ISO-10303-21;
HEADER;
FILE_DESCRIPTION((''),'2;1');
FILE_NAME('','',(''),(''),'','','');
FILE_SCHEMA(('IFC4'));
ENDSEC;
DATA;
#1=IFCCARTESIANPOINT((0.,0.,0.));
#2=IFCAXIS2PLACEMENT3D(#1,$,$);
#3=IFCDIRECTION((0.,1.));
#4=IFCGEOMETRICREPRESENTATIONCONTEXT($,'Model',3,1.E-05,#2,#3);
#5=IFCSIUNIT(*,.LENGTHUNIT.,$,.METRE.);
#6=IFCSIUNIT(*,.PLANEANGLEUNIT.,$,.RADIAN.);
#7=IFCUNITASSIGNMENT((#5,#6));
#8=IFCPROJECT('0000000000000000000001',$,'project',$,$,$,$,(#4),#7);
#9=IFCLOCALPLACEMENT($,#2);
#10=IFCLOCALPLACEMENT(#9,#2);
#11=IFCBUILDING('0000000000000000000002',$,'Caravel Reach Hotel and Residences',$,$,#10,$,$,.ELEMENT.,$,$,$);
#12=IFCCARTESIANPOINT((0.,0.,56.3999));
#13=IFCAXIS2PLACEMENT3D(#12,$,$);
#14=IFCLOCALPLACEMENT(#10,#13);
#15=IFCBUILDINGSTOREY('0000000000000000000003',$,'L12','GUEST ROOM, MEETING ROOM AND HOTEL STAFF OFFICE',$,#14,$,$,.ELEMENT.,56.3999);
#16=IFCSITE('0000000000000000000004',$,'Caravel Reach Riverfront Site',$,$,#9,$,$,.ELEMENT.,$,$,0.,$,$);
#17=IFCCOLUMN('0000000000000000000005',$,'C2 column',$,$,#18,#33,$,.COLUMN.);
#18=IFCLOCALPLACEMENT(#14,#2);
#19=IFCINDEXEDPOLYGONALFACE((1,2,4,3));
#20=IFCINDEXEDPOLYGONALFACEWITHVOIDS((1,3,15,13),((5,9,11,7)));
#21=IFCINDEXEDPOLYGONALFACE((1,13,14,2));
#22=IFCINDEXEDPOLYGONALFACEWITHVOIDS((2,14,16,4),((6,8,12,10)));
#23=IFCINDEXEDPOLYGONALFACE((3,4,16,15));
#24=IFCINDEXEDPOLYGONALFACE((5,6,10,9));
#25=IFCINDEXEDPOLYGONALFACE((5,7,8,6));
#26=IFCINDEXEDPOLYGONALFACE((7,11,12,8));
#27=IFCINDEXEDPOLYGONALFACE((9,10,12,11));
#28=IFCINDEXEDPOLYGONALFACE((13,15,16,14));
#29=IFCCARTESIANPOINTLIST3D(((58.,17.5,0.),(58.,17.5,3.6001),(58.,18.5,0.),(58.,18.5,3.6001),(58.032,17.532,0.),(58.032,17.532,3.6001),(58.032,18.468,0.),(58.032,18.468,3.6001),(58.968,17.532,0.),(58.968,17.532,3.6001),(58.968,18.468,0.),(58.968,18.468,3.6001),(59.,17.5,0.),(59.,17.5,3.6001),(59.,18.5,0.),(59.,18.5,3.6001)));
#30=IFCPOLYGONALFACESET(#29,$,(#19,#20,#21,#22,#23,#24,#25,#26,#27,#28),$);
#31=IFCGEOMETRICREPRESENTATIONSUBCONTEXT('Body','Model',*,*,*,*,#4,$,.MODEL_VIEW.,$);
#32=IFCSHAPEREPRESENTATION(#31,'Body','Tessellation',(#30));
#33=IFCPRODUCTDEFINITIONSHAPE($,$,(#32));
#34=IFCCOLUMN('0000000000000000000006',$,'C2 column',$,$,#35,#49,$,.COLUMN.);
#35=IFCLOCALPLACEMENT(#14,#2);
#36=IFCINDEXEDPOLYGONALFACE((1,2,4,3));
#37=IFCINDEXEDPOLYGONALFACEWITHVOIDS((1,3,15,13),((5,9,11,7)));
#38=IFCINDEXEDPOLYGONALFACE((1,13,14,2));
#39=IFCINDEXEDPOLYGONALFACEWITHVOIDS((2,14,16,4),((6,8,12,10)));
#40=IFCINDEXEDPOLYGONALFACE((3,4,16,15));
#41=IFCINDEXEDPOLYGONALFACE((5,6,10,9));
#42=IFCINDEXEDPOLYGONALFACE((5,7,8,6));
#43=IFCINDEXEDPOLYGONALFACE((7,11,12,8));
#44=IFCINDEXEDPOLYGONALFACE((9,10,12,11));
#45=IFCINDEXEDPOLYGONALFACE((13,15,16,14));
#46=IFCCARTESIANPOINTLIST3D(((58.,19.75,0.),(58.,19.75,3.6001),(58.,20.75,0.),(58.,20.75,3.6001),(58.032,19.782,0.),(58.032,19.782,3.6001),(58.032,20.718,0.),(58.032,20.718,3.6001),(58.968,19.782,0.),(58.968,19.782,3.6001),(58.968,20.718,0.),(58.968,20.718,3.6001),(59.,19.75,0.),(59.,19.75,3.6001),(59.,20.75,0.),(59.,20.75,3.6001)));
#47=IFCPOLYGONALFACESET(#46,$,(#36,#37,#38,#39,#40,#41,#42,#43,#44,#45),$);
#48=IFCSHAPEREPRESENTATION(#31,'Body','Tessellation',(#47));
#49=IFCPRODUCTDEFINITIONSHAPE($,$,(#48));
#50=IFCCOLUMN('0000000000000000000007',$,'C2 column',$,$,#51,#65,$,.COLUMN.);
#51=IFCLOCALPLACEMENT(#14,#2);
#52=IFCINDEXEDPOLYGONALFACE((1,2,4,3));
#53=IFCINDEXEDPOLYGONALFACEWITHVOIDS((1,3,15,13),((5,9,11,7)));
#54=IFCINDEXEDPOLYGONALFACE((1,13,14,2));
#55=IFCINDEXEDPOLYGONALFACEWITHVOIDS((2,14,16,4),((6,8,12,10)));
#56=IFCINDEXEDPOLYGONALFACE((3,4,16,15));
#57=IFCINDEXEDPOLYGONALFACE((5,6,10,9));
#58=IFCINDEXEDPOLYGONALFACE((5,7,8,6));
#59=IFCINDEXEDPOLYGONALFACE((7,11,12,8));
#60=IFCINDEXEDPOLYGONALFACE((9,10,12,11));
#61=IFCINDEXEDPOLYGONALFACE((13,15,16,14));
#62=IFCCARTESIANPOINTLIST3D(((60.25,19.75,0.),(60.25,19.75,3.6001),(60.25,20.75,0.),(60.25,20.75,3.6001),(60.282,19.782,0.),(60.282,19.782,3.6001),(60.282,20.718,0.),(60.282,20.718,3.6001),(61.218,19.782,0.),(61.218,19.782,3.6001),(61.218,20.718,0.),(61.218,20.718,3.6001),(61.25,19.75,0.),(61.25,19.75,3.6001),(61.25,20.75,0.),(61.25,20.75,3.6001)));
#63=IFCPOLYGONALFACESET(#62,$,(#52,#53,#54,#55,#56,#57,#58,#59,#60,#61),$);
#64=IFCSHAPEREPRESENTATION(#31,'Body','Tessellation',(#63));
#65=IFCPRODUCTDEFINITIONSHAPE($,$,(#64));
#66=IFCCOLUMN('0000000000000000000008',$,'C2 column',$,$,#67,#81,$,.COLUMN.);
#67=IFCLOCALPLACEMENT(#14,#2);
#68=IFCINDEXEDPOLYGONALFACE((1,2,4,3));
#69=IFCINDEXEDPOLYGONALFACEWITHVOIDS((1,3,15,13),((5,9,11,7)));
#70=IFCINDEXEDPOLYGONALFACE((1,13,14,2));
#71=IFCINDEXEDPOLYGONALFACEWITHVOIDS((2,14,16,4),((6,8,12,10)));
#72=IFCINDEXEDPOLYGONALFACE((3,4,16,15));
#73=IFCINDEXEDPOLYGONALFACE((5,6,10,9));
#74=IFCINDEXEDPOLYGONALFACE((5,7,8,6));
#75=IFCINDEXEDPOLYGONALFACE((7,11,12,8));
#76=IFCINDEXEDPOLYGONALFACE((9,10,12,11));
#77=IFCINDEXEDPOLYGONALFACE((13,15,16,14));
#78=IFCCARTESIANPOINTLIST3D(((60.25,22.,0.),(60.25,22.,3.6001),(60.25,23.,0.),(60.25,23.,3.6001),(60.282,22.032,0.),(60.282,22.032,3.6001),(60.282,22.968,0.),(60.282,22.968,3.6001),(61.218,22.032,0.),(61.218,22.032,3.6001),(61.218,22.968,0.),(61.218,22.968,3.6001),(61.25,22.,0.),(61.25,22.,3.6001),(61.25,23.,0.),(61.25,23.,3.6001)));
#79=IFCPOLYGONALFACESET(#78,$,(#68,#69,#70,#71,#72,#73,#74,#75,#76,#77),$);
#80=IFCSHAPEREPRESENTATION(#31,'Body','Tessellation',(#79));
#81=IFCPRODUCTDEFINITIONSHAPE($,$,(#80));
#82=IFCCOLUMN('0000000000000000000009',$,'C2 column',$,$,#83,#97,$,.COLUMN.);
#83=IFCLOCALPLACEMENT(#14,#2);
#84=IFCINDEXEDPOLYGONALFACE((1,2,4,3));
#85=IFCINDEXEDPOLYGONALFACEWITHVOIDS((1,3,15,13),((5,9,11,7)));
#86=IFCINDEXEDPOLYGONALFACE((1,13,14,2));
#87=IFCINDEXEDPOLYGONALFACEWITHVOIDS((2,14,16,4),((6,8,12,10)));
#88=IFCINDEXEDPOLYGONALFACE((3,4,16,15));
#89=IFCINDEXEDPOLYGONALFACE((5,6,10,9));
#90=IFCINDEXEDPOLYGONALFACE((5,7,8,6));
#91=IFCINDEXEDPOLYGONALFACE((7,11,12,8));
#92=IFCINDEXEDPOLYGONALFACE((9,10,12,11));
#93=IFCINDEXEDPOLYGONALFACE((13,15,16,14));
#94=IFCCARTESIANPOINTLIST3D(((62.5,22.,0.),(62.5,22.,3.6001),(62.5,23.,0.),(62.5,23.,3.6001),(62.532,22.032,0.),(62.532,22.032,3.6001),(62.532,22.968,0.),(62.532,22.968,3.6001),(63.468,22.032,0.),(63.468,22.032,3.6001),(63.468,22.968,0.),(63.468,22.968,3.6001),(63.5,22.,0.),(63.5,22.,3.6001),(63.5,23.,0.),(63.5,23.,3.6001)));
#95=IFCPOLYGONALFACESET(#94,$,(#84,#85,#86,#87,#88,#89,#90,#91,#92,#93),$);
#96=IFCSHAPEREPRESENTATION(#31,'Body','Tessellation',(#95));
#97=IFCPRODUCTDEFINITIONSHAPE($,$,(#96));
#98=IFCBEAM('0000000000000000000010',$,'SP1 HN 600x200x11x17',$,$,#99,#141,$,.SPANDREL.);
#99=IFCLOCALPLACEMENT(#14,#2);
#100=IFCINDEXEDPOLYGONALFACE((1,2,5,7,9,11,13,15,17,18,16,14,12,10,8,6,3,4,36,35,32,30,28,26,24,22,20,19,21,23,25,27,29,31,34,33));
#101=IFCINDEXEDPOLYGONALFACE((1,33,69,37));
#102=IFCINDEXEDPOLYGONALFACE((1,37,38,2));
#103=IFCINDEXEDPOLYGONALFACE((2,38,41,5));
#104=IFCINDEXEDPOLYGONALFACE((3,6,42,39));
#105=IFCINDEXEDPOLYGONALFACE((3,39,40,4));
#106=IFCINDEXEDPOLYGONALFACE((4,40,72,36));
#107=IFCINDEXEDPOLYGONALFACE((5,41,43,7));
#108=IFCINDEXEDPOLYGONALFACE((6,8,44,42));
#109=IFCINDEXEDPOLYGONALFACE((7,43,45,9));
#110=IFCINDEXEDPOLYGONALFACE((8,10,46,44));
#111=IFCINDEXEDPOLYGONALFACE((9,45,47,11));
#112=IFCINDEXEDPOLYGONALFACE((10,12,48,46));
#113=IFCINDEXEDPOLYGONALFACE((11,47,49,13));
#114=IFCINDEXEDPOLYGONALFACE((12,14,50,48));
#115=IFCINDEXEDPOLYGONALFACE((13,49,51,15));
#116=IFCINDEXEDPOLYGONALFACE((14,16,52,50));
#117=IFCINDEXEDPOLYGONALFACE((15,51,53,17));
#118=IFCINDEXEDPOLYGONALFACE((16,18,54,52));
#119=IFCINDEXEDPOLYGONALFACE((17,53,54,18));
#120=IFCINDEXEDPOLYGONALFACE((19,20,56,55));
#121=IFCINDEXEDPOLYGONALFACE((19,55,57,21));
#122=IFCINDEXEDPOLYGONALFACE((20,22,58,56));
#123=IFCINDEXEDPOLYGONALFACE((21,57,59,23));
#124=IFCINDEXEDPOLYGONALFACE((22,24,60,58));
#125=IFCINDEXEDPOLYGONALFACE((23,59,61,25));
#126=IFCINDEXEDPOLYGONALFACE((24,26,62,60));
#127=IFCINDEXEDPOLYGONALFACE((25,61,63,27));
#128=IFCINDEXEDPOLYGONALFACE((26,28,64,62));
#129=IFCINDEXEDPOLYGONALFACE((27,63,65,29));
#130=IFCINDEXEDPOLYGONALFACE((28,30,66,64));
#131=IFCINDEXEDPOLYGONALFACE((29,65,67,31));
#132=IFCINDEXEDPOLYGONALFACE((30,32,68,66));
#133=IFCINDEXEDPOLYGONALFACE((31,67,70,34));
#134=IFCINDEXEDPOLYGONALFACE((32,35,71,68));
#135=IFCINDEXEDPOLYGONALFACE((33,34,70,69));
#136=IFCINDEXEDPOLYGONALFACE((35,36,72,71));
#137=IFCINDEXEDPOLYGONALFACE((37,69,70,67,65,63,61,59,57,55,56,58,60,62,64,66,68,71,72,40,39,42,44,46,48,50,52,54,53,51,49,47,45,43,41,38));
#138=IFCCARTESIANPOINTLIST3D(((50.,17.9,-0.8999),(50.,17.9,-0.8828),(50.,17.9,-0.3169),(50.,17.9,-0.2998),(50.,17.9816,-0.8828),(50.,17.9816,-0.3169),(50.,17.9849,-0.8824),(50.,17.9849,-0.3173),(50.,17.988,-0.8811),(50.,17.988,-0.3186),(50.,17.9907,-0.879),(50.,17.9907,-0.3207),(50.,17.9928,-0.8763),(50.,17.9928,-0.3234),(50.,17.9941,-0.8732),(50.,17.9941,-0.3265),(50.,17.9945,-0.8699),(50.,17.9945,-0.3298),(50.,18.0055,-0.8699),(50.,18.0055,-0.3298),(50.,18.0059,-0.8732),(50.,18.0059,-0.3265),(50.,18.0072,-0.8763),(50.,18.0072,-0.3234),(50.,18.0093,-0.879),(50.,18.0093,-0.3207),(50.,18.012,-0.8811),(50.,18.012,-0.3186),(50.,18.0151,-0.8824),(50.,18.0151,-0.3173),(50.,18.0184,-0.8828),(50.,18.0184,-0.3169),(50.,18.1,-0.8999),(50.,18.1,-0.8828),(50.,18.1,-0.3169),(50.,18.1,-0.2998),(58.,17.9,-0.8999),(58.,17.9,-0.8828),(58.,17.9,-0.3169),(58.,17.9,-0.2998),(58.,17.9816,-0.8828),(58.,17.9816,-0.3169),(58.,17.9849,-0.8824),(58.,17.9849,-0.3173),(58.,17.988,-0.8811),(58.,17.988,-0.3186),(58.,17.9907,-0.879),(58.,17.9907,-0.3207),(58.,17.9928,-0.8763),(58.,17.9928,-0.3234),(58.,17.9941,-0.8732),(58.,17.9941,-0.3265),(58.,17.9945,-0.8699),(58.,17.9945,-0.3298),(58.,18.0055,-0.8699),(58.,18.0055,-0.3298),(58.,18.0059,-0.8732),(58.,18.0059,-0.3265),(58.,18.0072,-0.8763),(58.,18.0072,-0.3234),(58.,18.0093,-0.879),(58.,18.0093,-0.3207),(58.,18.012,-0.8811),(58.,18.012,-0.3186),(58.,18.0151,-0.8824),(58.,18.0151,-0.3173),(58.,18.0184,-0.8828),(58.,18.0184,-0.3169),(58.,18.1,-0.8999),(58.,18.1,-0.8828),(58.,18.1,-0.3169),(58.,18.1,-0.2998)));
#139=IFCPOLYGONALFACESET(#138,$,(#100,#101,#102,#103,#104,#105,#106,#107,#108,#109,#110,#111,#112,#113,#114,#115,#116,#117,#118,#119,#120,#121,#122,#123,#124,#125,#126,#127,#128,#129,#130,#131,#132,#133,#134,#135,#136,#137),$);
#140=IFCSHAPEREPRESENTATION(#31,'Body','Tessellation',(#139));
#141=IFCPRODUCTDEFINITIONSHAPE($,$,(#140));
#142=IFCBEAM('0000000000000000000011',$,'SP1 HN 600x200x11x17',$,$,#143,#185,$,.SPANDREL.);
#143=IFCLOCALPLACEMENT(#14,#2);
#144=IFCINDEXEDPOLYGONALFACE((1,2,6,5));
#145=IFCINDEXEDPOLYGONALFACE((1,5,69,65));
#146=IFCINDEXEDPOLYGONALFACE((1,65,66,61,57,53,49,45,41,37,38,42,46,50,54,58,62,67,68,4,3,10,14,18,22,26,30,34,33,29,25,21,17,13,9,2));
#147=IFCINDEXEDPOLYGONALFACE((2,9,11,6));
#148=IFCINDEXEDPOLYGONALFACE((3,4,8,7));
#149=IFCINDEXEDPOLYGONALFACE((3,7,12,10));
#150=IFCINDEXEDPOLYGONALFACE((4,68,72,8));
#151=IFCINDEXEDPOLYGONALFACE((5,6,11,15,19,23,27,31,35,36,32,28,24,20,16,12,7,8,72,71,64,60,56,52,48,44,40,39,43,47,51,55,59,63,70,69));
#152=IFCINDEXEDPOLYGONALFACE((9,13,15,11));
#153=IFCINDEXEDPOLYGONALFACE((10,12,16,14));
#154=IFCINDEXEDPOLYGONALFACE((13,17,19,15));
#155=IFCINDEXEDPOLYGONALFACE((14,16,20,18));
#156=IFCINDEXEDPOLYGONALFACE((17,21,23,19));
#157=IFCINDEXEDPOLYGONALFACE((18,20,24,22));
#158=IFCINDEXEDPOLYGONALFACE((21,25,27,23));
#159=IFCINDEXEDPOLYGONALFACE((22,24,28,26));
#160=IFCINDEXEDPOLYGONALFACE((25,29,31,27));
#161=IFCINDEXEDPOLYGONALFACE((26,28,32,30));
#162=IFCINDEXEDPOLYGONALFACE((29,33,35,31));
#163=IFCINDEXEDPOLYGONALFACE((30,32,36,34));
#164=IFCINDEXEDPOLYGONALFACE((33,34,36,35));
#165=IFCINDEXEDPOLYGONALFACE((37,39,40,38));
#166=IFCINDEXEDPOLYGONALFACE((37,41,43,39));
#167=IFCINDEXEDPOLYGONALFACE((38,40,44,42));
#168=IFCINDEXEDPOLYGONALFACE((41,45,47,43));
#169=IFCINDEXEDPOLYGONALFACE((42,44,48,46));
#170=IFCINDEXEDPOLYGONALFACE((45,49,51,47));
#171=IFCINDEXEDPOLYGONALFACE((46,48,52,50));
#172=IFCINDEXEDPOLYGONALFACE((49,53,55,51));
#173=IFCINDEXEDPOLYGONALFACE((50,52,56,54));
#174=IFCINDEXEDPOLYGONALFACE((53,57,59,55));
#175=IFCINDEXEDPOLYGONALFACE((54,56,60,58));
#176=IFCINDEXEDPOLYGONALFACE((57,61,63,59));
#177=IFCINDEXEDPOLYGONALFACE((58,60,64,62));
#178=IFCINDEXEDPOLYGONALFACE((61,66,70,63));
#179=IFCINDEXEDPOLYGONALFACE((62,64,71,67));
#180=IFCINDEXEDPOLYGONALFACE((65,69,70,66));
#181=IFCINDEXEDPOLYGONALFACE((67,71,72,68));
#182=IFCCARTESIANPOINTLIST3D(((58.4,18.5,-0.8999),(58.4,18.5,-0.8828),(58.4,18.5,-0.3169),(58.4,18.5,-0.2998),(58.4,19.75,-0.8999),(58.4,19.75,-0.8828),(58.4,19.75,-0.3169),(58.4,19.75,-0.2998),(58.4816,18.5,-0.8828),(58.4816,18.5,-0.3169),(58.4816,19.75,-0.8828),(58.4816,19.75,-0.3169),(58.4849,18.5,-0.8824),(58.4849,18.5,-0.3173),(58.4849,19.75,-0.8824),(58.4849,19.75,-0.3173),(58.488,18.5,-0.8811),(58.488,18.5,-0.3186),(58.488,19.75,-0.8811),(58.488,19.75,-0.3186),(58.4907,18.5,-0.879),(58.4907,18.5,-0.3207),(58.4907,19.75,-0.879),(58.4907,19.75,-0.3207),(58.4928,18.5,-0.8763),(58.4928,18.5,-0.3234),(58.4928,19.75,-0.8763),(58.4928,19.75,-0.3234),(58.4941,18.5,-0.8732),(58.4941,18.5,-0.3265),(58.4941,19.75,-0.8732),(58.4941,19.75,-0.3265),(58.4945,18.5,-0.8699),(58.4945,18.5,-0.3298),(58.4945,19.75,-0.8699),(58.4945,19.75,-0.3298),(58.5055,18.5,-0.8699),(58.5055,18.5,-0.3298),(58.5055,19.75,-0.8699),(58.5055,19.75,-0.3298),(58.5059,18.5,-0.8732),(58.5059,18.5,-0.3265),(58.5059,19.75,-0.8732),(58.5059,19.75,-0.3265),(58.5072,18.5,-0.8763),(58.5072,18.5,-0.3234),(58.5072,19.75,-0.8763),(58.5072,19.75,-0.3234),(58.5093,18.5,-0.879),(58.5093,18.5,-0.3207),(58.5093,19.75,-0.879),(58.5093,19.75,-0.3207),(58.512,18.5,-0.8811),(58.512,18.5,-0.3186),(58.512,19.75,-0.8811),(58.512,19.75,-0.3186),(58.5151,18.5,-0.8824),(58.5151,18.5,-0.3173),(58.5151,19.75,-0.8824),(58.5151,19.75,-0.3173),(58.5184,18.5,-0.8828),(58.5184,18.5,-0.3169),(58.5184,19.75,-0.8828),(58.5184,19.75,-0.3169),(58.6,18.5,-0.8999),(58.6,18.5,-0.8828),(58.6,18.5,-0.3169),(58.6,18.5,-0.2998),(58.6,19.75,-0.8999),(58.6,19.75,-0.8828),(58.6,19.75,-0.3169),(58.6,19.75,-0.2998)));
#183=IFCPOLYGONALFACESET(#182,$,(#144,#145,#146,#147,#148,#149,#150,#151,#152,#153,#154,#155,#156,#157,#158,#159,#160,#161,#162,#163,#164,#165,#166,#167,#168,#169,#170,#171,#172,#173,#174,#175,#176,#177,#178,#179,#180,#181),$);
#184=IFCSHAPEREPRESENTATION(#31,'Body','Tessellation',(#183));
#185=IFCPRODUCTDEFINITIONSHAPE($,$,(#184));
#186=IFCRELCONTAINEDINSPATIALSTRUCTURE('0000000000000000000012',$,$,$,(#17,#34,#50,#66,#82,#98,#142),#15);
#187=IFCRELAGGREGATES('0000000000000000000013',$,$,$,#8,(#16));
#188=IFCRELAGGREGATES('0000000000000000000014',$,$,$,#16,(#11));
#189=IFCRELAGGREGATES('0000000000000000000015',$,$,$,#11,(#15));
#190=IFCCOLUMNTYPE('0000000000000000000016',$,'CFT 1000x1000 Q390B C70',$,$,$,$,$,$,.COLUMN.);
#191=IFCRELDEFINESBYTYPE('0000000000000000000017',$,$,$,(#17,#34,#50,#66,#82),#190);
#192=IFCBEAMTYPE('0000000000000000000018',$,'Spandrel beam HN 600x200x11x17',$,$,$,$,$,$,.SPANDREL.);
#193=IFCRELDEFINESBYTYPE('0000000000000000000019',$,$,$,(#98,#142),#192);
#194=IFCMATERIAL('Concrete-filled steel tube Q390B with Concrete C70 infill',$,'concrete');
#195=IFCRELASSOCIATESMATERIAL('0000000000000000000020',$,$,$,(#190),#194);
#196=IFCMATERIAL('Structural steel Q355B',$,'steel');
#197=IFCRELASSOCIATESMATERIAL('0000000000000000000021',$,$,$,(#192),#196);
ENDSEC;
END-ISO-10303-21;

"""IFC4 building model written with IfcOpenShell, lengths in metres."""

from ifc_helpers import new_model, si_unit, direction, frame, origin, origin_2d, place, context, subcontext, project, spatial, hollow_rectangle, i_section, extrude, material, material_profile, profile_set, type_object, element, save


model = new_model("IFC4")

# Units and contexts
model_context = context("Model", 3, precision=1e-05, world=origin(), true_north=direction((0.0, 1.0)))
body_context = subcontext(model_context, "Body", "Model", "MODEL_VIEW")
ifc_project = project(units=[si_unit("LENGTHUNIT", "METRE"), si_unit("PLANEANGLEUNIT", "RADIAN")], contexts=[model_context])

# Site, building, storey
site_placement = place(None, origin())
site = spatial("IfcSite", under=ifc_project, at=site_placement, Name="Caravel Reach Riverfront Site", CompositionType="ELEMENT", RefElevation=0.0)
building_placement = place(site_placement, origin())
building = spatial("IfcBuilding", under=site, at=building_placement, Name="Caravel Reach Hotel and Residences", CompositionType="ELEMENT")
storey_placement = place(building_placement, frame((0.0, 0.0, 56.3999)))
storey = spatial("IfcBuildingStorey", under=building, at=storey_placement, Name="L12", Description="GUEST ROOM, MEETING ROOM AND HOTEL STAFF OFFICE", CompositionType="ELEMENT", Elevation=56.3999)

# Columns
ifc_material_1 = material(Name="Concrete-filled steel tube Q390B with Concrete C70 infill", Category="concrete")
ifc_material_profile_1 = material_profile(ifc_material_1, hollow_rectangle(XDim=1.0, YDim=1.0, WallThickness=0.032, at=origin_2d()), Name="RHS 1000x1000x32")
ifc_profile_set_1 = profile_set([ifc_material_profile_1], Name="Concrete-filled steel tube Q390B with Concrete C70 infill")
column_type = type_object("IfcColumnType", Name="CFT 1000x1000 Q390B C70", PredefinedType="COLUMN", material=ifc_profile_set_1)
for number, where, z_axis, x_axis, name in (
    (1, (58.5, 18.0, 0.0), (0.0, 0.0, 1.0), (1.0, 0.0, 0.0), "C2 column"),
    (2, (58.5, 20.25, 0.0), (0.0, 0.0, 1.0), (1.0, 0.0, 0.0), "C2 column"),
    (3, (60.75, 20.25, 0.0), (0.0, 0.0, 1.0), (1.0, 0.0, 0.0), "C2 column"),
    (4, (60.75, 22.5, 0.0), (0.0, 0.0, 1.0), (1.0, 0.0, 0.0), "C2 column"),
    (5, (63.0, 22.5, 0.0), (0.0, 0.0, 1.0), (1.0, 0.0, 0.0), "C2 column"),
):
    element("IfcColumn", number, at=place(storey_placement, frame(where, z_axis=z_axis, x_axis=x_axis)), inside=storey, type_object=column_type, Name=name, PredefinedType="COLUMN", context=body_context, shape_type="SweptSolid", body=[
        extrude(hollow_rectangle(XDim=1.0, YDim=1.0, WallThickness=0.032, at=origin_2d()), origin(), (0.0, 0.0, 1.0), 3.6001),
    ])

# Beams
ifc_material_2 = material(Name="Structural steel Q355B", Category="steel")
ifc_material_profile_2 = material_profile(ifc_material_2, i_section(OverallWidth=0.2, OverallDepth=0.6001, WebThickness=0.011, FlangeThickness=0.0171, FilletRadius=0.0129, at=origin_2d()), Name="HN 600x200x11x17")
ifc_profile_set_2 = profile_set([ifc_material_profile_2], Name="Structural steel Q355B")
beam_type = type_object("IfcBeamType", Name="Spandrel beam HN 600x200x11x17", PredefinedType="SPANDREL", material=ifc_profile_set_2)
beam_1_placement = place(storey_placement, frame((50.0, 18.0, -0.5999), z_axis=(1.0, 0.0, 0.0), x_axis=(0.0, 1.0, 0.0)))
element("IfcBeam", 6, at=beam_1_placement, inside=storey, type_object=beam_type, Name="SP1 HN 600x200x11x17", PredefinedType="SPANDREL", context=body_context, shape_type="SweptSolid", body=[
    extrude(i_section(OverallWidth=0.2, OverallDepth=0.6001, WebThickness=0.011, FlangeThickness=0.0171, FilletRadius=0.0129, at=origin_2d()), origin(), (0.0, 0.0, 1.0), 8.0),
])
for number, where, z_axis, x_axis, name in (
    (7, (58.5, 18.5, -0.5999), (0.0, 1.0, 0.0), (-1.0, 0.0, 0.0), "SP1 HN 600x200x11x17"),
):
    element("IfcBeam", number, at=place(storey_placement, frame(where, z_axis=z_axis, x_axis=x_axis)), inside=storey, type_object=beam_type, Name=name, PredefinedType="SPANDREL", context=body_context, shape_type="SweptSolid", body=[
        extrude(i_section(OverallWidth=0.2, OverallDepth=0.6001, WebThickness=0.011, FlangeThickness=0.0171, FilletRadius=0.0129, at=origin_2d()), origin(), (0.0, 0.0, 1.0), 1.25),
    ])

save(model, "model.ifc")
